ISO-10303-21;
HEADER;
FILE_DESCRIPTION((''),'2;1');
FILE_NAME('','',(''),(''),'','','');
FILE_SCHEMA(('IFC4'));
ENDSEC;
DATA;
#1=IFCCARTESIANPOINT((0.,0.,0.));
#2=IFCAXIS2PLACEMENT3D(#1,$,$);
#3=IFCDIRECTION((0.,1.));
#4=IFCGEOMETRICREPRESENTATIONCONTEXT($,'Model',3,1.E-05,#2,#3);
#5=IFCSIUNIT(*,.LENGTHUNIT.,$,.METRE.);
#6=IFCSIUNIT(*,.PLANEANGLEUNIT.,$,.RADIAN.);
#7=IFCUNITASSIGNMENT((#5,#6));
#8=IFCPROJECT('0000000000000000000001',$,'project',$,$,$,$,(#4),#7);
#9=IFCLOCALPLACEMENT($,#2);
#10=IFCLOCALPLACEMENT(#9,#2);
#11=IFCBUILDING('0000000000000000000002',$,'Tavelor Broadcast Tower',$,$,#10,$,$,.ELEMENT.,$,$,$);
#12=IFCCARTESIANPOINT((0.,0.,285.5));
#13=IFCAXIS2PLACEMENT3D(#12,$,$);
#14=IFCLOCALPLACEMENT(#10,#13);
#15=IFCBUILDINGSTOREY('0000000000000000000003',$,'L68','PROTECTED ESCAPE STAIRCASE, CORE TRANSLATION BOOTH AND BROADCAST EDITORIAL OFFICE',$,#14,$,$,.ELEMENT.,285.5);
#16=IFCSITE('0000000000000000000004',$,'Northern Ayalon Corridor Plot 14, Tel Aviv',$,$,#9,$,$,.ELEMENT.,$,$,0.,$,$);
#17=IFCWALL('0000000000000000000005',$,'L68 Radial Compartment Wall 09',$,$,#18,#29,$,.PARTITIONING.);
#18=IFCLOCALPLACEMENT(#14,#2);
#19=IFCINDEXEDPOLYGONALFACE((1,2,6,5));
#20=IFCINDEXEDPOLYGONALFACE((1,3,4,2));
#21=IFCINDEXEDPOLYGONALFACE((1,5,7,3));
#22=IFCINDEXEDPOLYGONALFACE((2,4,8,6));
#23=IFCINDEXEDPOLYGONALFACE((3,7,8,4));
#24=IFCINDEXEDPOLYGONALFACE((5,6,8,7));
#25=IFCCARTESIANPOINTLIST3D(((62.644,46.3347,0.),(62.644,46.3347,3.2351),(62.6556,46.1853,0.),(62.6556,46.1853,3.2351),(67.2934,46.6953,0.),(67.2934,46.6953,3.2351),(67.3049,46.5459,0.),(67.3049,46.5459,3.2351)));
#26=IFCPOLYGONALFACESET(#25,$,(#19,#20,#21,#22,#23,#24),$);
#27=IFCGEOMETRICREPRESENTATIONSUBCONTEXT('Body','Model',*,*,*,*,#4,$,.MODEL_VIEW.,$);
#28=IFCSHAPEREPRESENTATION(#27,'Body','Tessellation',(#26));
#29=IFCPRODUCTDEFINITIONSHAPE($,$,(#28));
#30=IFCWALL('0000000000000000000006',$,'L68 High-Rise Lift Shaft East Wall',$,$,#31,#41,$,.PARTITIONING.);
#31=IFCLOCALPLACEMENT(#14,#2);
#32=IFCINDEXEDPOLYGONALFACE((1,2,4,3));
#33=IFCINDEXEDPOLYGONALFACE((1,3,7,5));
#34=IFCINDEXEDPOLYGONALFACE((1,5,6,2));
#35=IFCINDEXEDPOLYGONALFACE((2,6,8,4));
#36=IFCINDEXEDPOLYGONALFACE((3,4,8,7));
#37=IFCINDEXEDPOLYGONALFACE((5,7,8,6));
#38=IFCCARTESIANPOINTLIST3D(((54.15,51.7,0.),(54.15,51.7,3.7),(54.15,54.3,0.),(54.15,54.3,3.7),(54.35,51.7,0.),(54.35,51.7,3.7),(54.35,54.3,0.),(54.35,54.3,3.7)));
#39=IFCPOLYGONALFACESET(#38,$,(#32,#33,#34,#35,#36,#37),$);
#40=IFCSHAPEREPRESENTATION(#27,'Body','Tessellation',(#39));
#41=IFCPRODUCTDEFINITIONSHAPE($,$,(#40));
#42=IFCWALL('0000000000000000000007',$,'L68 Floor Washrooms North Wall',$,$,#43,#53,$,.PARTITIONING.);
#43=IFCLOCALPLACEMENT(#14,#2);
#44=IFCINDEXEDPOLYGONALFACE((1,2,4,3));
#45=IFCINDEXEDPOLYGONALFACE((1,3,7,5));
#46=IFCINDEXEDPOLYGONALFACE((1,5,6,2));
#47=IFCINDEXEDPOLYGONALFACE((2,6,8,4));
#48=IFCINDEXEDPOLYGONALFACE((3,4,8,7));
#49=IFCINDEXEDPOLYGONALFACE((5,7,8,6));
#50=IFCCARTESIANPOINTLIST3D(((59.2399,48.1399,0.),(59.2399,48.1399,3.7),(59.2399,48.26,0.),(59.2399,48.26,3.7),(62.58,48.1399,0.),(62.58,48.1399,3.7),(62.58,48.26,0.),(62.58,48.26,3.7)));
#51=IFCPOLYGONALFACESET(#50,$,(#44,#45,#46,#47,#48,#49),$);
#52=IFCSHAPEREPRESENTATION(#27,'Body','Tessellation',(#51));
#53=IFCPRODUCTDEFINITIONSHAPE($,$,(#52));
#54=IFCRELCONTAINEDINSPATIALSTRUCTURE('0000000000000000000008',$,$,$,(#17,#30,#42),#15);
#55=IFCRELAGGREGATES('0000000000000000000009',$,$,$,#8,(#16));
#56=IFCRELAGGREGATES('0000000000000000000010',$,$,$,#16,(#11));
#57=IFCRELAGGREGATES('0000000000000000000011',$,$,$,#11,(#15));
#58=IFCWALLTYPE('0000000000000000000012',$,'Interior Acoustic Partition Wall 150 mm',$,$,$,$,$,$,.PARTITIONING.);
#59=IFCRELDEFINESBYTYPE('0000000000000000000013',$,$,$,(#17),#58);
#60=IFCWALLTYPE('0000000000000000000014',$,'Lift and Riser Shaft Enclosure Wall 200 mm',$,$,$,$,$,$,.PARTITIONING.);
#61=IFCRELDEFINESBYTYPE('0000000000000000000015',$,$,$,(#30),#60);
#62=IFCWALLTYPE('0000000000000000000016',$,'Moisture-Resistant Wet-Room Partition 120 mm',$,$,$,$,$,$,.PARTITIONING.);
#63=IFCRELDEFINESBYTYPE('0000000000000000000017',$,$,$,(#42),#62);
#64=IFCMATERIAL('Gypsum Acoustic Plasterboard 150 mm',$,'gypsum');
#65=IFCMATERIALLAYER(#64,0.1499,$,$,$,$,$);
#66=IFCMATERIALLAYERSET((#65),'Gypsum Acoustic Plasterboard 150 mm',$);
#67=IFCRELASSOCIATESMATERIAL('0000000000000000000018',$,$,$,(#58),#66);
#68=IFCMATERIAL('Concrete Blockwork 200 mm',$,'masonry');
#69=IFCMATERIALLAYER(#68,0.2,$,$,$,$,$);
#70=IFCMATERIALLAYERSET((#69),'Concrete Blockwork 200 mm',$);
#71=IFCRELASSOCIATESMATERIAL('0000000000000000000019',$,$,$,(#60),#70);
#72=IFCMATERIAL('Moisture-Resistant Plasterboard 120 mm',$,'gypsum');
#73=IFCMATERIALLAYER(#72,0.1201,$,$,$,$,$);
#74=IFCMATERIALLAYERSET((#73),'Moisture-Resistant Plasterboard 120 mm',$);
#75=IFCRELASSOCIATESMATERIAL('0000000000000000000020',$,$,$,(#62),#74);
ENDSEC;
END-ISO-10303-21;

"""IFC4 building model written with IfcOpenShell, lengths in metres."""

from ifc_helpers import new_model, si_unit, direction, frame, frame_2d, origin, place, context, subcontext, project, spatial, rectangle, extrude, material, layer, layer_set, type_object, element, save


model = new_model("IFC4")

# Units and contexts
model_context = context("Model", 3, precision=1e-05, world=origin(), true_north=direction((0.0, 1.0)))
body_context = subcontext(model_context, "Body", "Model", "MODEL_VIEW")
ifc_project = project(units=[si_unit("LENGTHUNIT", "METRE"), si_unit("PLANEANGLEUNIT", "RADIAN")], contexts=[model_context])

# Site, building, storey
site_placement = place(None, origin())
site = spatial("IfcSite", under=ifc_project, at=site_placement, Name="Northern Ayalon Corridor Plot 14, Tel Aviv", CompositionType="ELEMENT", RefElevation=0.0)
building_placement = place(site_placement, origin())
building = spatial("IfcBuilding", under=site, at=building_placement, Name="Tavelor Broadcast Tower", CompositionType="ELEMENT")
storey_placement = place(building_placement, frame((0.0, 0.0, 285.5)))
storey = spatial("IfcBuildingStorey", under=building, at=storey_placement, Name="L68", Description="PROTECTED ESCAPE STAIRCASE, CORE TRANSLATION BOOTH AND BROADCAST EDITORIAL OFFICE", CompositionType="ELEMENT", Elevation=285.5)

# Walls
ifc_material_1 = material(Name="Gypsum Acoustic Plasterboard 150 mm", Category="gypsum")
ifc_layer_1 = layer(ifc_material_1, 0.1499)
ifc_layer_set_1 = layer_set([ifc_layer_1], Name="Gypsum Acoustic Plasterboard 150 mm")
wall_type_1 = type_object("IfcWallType", Name="Interior Acoustic Partition Wall 150 mm", PredefinedType="PARTITIONING", material=ifc_layer_set_1)
wall_1_placement = place(storey_placement, frame((62.6499, 46.26, 0.0), z_axis=(0.0, 0.0, 1.0), x_axis=(0.997006, 0.077325, 0.0)))
element("IfcWall", 1, at=wall_1_placement, inside=storey, type_object=wall_type_1, Name="L68 Radial Compartment Wall 09", PredefinedType="PARTITIONING", context=body_context, shape_type="SweptSolid", body=[
    extrude(rectangle(XDim=4.6633, YDim=0.1499, at=frame_2d((2.3315, 0.0))), origin(), (0.0, 0.0, 1.0), 3.2351),
])
ifc_material_2 = material(Name="Concrete Blockwork 200 mm", Category="masonry")
ifc_layer_2 = layer(ifc_material_2, 0.2)
ifc_layer_set_2 = layer_set([ifc_layer_2], Name="Concrete Blockwork 200 mm")
wall_type_2 = type_object("IfcWallType", Name="Lift and Riser Shaft Enclosure Wall 200 mm", PredefinedType="PARTITIONING", material=ifc_layer_set_2)
wall_2_placement = place(storey_placement, frame((54.25, 51.7, 0.0), z_axis=(0.0, 0.0, 1.0), x_axis=(0.0, 1.0, 0.0)))
element("IfcWall", 2, at=wall_2_placement, inside=storey, type_object=wall_type_2, Name="L68 High-Rise Lift Shaft East Wall", PredefinedType="PARTITIONING", context=body_context, shape_type="SweptSolid", body=[
    extrude(rectangle(XDim=2.6001, YDim=0.2, at=frame_2d((1.3, 0.0))), origin(), (0.0, 0.0, 1.0), 3.7),
])
ifc_material_3 = material(Name="Moisture-Resistant Plasterboard 120 mm", Category="gypsum")
ifc_layer_3 = layer(ifc_material_3, 0.1201)
ifc_layer_set_3 = layer_set([ifc_layer_3], Name="Moisture-Resistant Plasterboard 120 mm")
wall_type_3 = type_object("IfcWallType", Name="Moisture-Resistant Wet-Room Partition 120 mm", PredefinedType="PARTITIONING", material=ifc_layer_set_3)
wall_3_placement = place(storey_placement, frame((59.24, 48.2, 0.0), z_axis=(0.0, 0.0, 1.0), x_axis=(1.0, 0.0, 0.0)))
element("IfcWall", 3, at=wall_3_placement, inside=storey, type_object=wall_type_3, Name="L68 Floor Washrooms North Wall", PredefinedType="PARTITIONING", context=body_context, shape_type="SweptSolid", body=[
    extrude(rectangle(XDim=3.3401, YDim=0.1201, at=frame_2d((1.6699, 0.0))), origin(), (0.0, 0.0, 1.0), 3.7),
])

save(model, "model.ifc")
